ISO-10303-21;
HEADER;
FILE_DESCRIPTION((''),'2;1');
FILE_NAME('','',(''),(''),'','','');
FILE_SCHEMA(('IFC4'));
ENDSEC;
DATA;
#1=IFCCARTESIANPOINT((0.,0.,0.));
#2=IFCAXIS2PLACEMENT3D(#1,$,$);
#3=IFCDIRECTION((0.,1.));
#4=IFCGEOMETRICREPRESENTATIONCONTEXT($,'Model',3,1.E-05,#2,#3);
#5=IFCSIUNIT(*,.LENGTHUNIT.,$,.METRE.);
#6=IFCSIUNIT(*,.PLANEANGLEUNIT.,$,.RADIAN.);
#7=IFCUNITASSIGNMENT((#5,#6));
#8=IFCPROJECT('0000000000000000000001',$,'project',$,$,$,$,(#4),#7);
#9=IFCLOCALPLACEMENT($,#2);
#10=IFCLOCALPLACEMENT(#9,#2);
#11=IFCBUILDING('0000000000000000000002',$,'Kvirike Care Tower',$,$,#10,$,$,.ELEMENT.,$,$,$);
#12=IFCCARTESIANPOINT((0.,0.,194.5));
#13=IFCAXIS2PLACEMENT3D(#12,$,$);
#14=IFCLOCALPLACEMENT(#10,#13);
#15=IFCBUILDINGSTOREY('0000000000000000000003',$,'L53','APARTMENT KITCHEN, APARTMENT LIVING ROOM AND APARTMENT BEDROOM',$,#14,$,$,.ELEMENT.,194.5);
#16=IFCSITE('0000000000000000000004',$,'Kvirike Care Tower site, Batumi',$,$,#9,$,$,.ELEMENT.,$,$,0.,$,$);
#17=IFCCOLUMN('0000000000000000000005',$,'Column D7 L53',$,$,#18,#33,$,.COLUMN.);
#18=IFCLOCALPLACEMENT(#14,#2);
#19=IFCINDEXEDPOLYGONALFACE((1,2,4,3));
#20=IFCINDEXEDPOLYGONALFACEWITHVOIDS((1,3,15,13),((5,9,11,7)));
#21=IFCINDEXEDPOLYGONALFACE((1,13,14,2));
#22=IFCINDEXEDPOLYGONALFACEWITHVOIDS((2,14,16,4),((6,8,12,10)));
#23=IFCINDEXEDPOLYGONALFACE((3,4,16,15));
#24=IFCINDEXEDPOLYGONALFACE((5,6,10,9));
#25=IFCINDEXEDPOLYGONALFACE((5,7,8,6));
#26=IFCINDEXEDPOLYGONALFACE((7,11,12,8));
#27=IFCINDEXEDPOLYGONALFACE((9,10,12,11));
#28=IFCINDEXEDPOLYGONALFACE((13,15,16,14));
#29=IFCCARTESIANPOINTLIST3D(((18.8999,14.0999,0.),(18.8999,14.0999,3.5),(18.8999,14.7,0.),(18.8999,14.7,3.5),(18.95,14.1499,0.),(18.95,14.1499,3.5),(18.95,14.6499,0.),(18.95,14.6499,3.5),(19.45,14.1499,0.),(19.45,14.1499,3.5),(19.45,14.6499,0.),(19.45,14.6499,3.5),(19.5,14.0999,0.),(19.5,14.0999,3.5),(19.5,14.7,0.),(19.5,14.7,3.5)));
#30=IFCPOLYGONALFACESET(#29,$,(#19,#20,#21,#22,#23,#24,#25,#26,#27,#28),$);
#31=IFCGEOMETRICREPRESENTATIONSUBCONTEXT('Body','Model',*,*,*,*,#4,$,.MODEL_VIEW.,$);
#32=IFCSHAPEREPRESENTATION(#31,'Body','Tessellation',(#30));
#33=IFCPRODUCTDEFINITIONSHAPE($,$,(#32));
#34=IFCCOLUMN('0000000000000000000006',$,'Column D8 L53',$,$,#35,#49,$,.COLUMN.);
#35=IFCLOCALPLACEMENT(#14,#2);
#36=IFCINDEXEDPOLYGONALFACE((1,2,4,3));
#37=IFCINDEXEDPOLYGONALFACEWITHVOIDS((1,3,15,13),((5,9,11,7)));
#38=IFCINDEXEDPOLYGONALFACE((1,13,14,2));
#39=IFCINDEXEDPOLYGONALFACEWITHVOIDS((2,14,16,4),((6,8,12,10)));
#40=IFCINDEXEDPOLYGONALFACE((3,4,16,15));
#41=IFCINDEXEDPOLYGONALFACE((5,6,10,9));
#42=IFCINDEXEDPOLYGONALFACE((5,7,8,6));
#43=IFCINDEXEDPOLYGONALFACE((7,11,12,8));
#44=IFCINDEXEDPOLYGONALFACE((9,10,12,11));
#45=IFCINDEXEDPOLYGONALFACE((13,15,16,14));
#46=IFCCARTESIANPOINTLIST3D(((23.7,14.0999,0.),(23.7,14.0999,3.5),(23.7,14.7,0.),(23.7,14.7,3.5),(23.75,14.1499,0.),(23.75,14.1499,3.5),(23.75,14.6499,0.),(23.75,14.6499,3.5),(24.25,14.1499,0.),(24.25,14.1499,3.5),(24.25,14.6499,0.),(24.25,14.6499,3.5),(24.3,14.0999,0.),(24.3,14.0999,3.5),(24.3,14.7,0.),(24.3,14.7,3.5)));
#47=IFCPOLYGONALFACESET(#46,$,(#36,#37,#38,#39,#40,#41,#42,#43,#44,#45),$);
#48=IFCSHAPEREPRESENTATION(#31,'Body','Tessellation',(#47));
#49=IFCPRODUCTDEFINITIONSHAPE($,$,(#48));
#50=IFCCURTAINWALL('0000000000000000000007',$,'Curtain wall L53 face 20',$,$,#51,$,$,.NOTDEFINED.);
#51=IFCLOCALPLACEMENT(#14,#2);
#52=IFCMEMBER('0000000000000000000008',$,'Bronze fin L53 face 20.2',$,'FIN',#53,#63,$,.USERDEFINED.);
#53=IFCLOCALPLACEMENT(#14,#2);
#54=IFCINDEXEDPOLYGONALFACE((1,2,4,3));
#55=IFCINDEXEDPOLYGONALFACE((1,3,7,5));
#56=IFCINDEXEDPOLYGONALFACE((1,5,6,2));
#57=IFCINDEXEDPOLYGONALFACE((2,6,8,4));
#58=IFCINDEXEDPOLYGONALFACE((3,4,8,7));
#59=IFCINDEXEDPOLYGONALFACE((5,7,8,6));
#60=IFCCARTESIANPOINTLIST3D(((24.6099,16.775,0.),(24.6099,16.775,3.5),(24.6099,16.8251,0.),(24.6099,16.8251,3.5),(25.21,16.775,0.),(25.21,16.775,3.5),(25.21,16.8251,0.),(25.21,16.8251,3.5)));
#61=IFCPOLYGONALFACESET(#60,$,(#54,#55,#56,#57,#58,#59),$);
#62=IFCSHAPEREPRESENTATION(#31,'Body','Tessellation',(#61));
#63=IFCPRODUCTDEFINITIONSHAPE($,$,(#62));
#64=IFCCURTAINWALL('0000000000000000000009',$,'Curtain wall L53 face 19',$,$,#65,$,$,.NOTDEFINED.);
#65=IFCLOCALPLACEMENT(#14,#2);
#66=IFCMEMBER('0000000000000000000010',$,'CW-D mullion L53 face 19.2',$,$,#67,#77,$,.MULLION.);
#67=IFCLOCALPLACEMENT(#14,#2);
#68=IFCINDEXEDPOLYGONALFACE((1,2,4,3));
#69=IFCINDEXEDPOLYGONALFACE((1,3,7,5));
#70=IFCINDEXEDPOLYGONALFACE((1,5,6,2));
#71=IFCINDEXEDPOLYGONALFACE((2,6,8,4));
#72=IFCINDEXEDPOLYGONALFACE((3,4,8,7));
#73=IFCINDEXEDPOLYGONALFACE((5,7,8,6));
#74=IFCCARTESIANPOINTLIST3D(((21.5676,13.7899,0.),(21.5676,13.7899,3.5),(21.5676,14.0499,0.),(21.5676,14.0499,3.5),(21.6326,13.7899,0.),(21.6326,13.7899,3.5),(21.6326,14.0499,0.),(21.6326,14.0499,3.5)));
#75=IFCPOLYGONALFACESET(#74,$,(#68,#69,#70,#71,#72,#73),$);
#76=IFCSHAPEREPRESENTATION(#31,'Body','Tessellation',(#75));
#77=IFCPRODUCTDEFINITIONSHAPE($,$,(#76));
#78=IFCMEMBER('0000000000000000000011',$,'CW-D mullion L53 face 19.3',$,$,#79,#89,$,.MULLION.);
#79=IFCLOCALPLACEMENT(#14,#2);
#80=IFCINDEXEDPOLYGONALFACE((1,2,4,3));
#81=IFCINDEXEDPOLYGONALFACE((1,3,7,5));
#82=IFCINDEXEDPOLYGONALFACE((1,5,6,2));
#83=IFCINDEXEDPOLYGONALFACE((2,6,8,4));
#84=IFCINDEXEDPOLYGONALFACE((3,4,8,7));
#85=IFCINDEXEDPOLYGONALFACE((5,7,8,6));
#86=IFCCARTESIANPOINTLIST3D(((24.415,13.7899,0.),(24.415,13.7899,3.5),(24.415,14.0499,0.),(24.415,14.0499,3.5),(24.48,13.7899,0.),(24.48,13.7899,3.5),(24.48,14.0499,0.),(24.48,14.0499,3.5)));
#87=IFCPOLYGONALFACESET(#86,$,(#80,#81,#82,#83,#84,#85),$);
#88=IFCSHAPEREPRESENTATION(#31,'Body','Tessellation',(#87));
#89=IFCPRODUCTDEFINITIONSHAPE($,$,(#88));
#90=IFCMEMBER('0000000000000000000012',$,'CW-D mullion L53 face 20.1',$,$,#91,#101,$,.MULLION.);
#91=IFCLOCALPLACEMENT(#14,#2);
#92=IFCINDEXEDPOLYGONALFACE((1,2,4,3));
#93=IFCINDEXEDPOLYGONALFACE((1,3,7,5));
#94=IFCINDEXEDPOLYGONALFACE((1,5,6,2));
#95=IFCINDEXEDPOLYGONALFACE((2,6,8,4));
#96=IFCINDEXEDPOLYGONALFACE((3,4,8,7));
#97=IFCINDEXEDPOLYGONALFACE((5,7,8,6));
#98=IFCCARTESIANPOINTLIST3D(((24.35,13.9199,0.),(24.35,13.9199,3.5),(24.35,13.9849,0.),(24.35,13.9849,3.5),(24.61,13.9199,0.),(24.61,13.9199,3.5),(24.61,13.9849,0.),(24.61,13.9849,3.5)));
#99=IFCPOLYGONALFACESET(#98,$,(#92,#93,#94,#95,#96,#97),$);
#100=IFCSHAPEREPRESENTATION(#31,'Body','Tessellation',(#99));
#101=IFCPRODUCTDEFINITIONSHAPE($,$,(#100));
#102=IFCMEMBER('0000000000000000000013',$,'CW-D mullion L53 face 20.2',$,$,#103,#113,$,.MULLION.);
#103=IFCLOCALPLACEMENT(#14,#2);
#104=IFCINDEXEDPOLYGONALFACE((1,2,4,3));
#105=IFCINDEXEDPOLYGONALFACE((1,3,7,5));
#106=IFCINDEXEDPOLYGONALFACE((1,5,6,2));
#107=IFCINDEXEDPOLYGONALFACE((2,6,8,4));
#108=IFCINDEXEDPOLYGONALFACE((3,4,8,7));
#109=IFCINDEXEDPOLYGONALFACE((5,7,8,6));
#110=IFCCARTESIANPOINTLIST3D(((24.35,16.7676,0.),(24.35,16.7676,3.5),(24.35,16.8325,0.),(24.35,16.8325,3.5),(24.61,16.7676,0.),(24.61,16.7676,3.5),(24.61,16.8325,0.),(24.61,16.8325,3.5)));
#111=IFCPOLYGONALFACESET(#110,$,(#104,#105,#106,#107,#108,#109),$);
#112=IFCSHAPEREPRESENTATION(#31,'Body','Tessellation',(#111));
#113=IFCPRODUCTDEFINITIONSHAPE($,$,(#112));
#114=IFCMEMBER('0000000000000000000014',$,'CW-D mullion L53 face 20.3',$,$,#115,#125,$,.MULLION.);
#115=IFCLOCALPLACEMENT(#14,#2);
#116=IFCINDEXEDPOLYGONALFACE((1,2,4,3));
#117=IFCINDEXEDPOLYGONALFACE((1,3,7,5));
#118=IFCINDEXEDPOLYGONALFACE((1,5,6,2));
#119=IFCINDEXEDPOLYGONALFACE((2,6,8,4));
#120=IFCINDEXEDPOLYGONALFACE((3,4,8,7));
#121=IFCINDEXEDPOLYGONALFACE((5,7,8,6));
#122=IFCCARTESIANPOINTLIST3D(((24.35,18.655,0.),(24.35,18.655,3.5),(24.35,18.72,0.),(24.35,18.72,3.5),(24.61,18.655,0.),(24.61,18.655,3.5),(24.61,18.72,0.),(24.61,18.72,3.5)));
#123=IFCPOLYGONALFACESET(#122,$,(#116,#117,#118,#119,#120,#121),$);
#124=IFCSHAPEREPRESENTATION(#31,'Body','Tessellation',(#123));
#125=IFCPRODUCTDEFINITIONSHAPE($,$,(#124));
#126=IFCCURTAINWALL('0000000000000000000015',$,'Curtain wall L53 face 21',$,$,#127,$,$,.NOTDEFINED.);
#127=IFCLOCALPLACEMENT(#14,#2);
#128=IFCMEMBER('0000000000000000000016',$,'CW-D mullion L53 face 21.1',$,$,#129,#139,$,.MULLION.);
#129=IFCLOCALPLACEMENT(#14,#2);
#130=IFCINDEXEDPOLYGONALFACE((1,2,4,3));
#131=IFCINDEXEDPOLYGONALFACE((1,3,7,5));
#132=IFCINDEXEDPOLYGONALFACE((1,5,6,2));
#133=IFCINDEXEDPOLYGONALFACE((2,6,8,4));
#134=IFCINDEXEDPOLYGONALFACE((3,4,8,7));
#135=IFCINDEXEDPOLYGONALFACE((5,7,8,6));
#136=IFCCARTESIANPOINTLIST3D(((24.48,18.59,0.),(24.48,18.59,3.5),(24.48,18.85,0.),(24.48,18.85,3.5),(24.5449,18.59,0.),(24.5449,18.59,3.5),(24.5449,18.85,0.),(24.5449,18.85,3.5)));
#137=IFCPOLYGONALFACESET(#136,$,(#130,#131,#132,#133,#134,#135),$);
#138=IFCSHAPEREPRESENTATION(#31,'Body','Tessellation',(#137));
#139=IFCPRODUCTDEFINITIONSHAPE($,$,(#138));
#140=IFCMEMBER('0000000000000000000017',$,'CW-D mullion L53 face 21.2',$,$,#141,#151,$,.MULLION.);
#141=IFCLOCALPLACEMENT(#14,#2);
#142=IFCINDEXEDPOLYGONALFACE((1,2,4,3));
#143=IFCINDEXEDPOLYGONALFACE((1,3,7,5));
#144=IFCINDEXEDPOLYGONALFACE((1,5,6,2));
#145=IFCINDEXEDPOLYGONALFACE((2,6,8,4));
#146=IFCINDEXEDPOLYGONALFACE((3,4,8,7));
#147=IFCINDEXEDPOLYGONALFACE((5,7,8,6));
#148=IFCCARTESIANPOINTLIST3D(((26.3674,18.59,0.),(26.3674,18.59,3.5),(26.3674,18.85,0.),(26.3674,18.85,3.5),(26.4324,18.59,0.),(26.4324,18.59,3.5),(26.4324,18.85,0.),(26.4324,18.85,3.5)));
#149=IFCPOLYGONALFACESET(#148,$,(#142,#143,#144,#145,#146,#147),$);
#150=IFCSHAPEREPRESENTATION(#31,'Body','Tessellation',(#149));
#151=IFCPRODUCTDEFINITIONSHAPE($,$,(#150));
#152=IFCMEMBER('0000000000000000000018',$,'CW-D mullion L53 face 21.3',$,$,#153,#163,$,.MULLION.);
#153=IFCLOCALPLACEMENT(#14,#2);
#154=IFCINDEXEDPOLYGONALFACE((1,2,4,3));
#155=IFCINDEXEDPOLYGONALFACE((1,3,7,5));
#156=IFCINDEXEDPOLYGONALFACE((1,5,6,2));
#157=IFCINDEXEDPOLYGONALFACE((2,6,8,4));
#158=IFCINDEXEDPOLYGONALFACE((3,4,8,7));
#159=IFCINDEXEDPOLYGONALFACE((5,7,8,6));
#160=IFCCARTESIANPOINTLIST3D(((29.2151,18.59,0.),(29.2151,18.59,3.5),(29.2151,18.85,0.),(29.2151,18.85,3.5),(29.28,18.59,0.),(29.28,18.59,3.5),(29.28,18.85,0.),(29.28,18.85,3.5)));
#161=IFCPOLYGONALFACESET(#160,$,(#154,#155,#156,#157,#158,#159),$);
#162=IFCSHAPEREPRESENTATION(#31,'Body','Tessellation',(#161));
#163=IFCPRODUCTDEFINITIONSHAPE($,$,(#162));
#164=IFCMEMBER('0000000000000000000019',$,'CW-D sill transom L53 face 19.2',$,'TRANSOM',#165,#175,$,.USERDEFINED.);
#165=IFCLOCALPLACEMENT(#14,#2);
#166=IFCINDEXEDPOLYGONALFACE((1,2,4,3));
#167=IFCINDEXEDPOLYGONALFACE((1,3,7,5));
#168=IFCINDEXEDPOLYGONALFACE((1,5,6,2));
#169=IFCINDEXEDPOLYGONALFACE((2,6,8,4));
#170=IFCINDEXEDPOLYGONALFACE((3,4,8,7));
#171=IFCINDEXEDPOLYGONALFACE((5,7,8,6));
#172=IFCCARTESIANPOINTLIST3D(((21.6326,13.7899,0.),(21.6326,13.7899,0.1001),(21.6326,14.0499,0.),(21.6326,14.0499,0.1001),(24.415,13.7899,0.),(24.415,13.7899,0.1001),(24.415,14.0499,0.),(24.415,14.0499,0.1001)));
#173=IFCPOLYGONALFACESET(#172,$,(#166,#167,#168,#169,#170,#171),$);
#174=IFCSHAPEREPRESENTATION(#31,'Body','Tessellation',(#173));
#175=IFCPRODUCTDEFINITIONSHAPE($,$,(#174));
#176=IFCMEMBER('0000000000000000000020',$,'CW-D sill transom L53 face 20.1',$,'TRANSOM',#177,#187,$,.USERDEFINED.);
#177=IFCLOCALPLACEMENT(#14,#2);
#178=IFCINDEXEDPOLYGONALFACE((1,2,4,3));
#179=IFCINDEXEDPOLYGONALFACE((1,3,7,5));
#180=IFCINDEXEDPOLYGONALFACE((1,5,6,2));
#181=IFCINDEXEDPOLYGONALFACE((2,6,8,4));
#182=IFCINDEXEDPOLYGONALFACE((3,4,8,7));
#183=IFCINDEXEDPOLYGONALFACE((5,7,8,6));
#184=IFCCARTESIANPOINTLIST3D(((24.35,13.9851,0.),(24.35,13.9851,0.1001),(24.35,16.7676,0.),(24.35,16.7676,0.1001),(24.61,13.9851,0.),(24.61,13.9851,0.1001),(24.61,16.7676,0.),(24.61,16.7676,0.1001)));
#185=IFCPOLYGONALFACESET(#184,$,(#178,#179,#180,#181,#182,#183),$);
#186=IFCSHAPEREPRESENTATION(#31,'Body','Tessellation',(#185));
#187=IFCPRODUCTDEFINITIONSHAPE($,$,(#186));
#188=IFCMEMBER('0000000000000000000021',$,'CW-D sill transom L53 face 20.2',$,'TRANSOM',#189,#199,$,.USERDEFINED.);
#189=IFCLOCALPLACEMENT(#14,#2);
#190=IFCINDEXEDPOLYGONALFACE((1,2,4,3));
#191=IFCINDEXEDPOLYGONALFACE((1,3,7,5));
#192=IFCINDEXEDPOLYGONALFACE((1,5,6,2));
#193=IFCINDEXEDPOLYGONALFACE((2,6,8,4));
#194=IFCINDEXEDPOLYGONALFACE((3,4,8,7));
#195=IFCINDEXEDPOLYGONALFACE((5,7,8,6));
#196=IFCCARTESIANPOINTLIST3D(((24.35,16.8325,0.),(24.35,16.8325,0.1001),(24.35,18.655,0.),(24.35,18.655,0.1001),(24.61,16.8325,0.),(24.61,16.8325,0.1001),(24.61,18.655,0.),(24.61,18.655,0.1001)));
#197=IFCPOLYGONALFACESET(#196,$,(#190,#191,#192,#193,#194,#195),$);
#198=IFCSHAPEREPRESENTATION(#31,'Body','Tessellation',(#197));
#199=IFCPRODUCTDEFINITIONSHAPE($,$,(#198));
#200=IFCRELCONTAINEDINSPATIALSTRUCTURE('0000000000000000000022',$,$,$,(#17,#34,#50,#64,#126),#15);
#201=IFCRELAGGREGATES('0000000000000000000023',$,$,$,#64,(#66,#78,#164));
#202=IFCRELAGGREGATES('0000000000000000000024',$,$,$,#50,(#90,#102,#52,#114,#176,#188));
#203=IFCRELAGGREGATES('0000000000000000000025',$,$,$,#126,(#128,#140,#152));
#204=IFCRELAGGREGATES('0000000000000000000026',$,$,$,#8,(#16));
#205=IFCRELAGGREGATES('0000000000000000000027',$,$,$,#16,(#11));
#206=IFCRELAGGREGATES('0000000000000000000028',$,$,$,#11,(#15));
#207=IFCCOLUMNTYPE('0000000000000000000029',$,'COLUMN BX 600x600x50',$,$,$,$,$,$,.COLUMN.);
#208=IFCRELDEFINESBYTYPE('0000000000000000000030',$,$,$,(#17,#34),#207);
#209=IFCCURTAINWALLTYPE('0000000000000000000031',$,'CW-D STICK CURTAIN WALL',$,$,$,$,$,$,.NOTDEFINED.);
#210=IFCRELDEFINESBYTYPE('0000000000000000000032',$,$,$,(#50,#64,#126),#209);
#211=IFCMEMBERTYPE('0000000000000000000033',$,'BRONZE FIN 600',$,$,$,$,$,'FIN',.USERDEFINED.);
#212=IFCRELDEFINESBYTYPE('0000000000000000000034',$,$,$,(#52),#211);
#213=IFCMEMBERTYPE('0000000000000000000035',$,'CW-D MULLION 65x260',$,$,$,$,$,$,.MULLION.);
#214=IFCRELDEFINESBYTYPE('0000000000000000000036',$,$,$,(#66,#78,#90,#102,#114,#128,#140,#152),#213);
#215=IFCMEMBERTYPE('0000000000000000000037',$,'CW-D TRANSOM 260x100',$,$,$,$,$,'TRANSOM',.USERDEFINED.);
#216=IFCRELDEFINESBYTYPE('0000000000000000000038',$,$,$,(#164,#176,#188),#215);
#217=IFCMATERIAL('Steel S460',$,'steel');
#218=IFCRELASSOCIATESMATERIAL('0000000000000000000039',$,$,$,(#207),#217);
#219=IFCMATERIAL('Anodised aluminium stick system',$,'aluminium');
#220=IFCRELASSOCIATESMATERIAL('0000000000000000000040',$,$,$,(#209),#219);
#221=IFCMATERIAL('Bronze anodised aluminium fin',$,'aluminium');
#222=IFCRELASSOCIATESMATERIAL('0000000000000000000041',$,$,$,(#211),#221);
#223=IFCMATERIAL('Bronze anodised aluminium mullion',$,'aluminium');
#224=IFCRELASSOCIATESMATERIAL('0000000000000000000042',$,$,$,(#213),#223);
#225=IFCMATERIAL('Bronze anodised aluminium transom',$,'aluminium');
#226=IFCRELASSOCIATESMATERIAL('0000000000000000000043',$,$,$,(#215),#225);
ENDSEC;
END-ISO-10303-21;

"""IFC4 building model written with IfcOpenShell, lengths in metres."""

from ifc_helpers import new_model, si_unit, direction, frame, origin, origin_2d, place, context, subcontext, project, spatial, rectangle, hollow_rectangle, extrude, material, material_profile, profile_set, type_object, element, aggregate, save


model = new_model("IFC4")

# Units and contexts
model_context = context("Model", 3, precision=1e-05, world=origin(), true_north=direction((0.0, 1.0)))
body_context = subcontext(model_context, "Body", "Model", "MODEL_VIEW")
ifc_project = project(units=[si_unit("LENGTHUNIT", "METRE"), si_unit("PLANEANGLEUNIT", "RADIAN")], contexts=[model_context])

# Site, building, storey
site_placement = place(None, origin())
site = spatial("IfcSite", under=ifc_project, at=site_placement, Name="Kvirike Care Tower site, Batumi", CompositionType="ELEMENT", RefElevation=0.0)
building_placement = place(site_placement, origin())
building = spatial("IfcBuilding", under=site, at=building_placement, Name="Kvirike Care Tower", CompositionType="ELEMENT")
storey_placement = place(building_placement, frame((0.0, 0.0, 194.5)))
storey = spatial("IfcBuildingStorey", under=building, at=storey_placement, Name="L53", Description="APARTMENT KITCHEN, APARTMENT LIVING ROOM AND APARTMENT BEDROOM", CompositionType="ELEMENT", Elevation=194.5)

# Columns
ifc_material_1 = material(Name="Steel S460", Category="steel")
ifc_material_profile_1 = material_profile(ifc_material_1, hollow_rectangle(XDim=0.6001, YDim=0.6001, WallThickness=0.05, at=origin_2d()), Name="BX 600x600x50")
ifc_profile_set_1 = profile_set([ifc_material_profile_1], Name="Steel S460")
column_type = type_object("IfcColumnType", Name="COLUMN BX 600x600x50", PredefinedType="COLUMN", material=ifc_profile_set_1)
for number, where, z_axis, x_axis, name in (
    (1, (19.2, 14.3999, 0.0), (0.0, 0.0, 1.0), (0.0, 1.0, 0.0), "Column D7 L53"),
    (2, (24.0, 14.3999, 0.0), (0.0, 0.0, 1.0), (0.0, 1.0, 0.0), "Column D8 L53"),
):
    element("IfcColumn", number, at=place(storey_placement, frame(where, z_axis=z_axis, x_axis=x_axis)), inside=storey, type_object=column_type, Name=name, PredefinedType="COLUMN", context=body_context, shape_type="SweptSolid", body=[
        extrude(hollow_rectangle(XDim=0.6001, YDim=0.6001, WallThickness=0.05, at=origin_2d()), origin(), (0.0, 0.0, 1.0), 3.5),
    ])

# Curtain wall, member
ifc_material_2 = material(Name="Anodised aluminium stick system", Category="aluminium")
curtain_wall_type = type_object("IfcCurtainWallType", Name="CW-D STICK CURTAIN WALL", PredefinedType="NOTDEFINED", material=ifc_material_2)
curtain_wall_1_placement = place(storey_placement, origin())
curtain_wall_1 = element("IfcCurtainWall", 3, at=curtain_wall_1_placement, inside=storey, type_object=curtain_wall_type, Name="Curtain wall L53 face 20", PredefinedType="NOTDEFINED")
ifc_material_3 = material(Name="Bronze anodised aluminium fin", Category="aluminium")
ifc_material_profile_2 = material_profile(ifc_material_3, rectangle(XDim=0.05, YDim=0.6001, at=origin_2d()), Name="BRONZE FIN 600")
ifc_profile_set_2 = profile_set([ifc_material_profile_2], Name="Bronze anodised aluminium fin")
member_type_1 = type_object("IfcMemberType", Name="BRONZE FIN 600", ElementType="FIN", PredefinedType="USERDEFINED", material=ifc_profile_set_2)
member_1_placement = place(storey_placement, frame((24.9099, 16.8, 0.0), z_axis=(0.0, 0.0, 1.0), x_axis=(0.0, 1.0, 0.0)))
member_1 = element("IfcMember", 4, at=member_1_placement, type_object=member_type_1, Name="Bronze fin L53 face 20.2", ObjectType="FIN", PredefinedType="USERDEFINED", context=body_context, shape_type="SweptSolid", body=[
    extrude(rectangle(XDim=0.05, YDim=0.6001, at=origin_2d()), origin(), (0.0, 0.0, 1.0), 3.5),
])

# Curtain wall, members
curtain_wall_2_placement = place(storey_placement, origin())
curtain_wall_2 = element("IfcCurtainWall", 5, at=curtain_wall_2_placement, inside=storey, type_object=curtain_wall_type, Name="Curtain wall L53 face 19", PredefinedType="NOTDEFINED")
ifc_material_4 = material(Name="Bronze anodised aluminium mullion", Category="aluminium")
ifc_material_profile_3 = material_profile(ifc_material_4, rectangle(XDim=0.0649, YDim=0.26, at=origin_2d()), Name="CW-D MULLION 65x260")
ifc_profile_set_3 = profile_set([ifc_material_profile_3], Name="Bronze anodised aluminium mullion")
member_type_2 = type_object("IfcMemberType", Name="CW-D MULLION 65x260", PredefinedType="MULLION", material=ifc_profile_set_3)
member_2_placement = place(storey_placement, frame((21.6001, 13.9199, 0.0), z_axis=(0.0, 0.0, 1.0), x_axis=(1.0, 0.0, 0.0)))
member_2 = element("IfcMember", 6, at=member_2_placement, type_object=member_type_2, Name="CW-D mullion L53 face 19.2", PredefinedType="MULLION", context=body_context, shape_type="SweptSolid", body=[
    extrude(rectangle(XDim=0.0649, YDim=0.26, at=origin_2d()), origin(), (0.0, 0.0, 1.0), 3.5),
])
member_3_placement = place(storey_placement, frame((24.4475, 13.9199, 0.0), z_axis=(0.0, 0.0, 1.0), x_axis=(1.0, 0.0, 0.0)))
member_3 = element("IfcMember", 7, at=member_3_placement, type_object=member_type_2, Name="CW-D mullion L53 face 19.3", PredefinedType="MULLION", context=body_context, shape_type="SweptSolid", body=[
    extrude(rectangle(XDim=0.0649, YDim=0.26, at=origin_2d()), origin(), (0.0, 0.0, 1.0), 3.5),
])

# Members
member_4_placement = place(storey_placement, frame((24.48, 13.9524, 0.0), z_axis=(0.0, 0.0, 1.0), x_axis=(0.0, 1.0, 0.0)))
member_4 = element("IfcMember", 8, at=member_4_placement, type_object=member_type_2, Name="CW-D mullion L53 face 20.1", PredefinedType="MULLION", context=body_context, shape_type="SweptSolid", body=[
    extrude(rectangle(XDim=0.0649, YDim=0.26, at=origin_2d()), origin(), (0.0, 0.0, 1.0), 3.5),
])
member_5_placement = place(storey_placement, frame((24.48, 16.8, 0.0), z_axis=(0.0, 0.0, 1.0), x_axis=(0.0, 1.0, 0.0)))
member_5 = element("IfcMember", 9, at=member_5_placement, type_object=member_type_2, Name="CW-D mullion L53 face 20.2", PredefinedType="MULLION", context=body_context, shape_type="SweptSolid", body=[
    extrude(rectangle(XDim=0.0649, YDim=0.26, at=origin_2d()), origin(), (0.0, 0.0, 1.0), 3.5),
])
member_6_placement = place(storey_placement, frame((24.48, 18.6875, 0.0), z_axis=(0.0, 0.0, 1.0), x_axis=(0.0, 1.0, 0.0)))
member_6 = element("IfcMember", 10, at=member_6_placement, type_object=member_type_2, Name="CW-D mullion L53 face 20.3", PredefinedType="MULLION", context=body_context, shape_type="SweptSolid", body=[
    extrude(rectangle(XDim=0.0649, YDim=0.26, at=origin_2d()), origin(), (0.0, 0.0, 1.0), 3.5),
])

# Curtain wall, members
curtain_wall_3_placement = place(storey_placement, origin())
curtain_wall_3 = element("IfcCurtainWall", 11, at=curtain_wall_3_placement, inside=storey, type_object=curtain_wall_type, Name="Curtain wall L53 face 21", PredefinedType="NOTDEFINED")
member_7_placement = place(storey_placement, frame((24.5125, 18.72, 0.0), z_axis=(0.0, 0.0, 1.0), x_axis=(1.0, 0.0, 0.0)))
member_7 = element("IfcMember", 12, at=member_7_placement, type_object=member_type_2, Name="CW-D mullion L53 face 21.1", PredefinedType="MULLION", context=body_context, shape_type="SweptSolid", body=[
    extrude(rectangle(XDim=0.0649, YDim=0.26, at=origin_2d()), origin(), (0.0, 0.0, 1.0), 3.5),
])
member_8_placement = place(storey_placement, frame((26.3999, 18.72, 0.0), z_axis=(0.0, 0.0, 1.0), x_axis=(1.0, 0.0, 0.0)))
member_8 = element("IfcMember", 13, at=member_8_placement, type_object=member_type_2, Name="CW-D mullion L53 face 21.2", PredefinedType="MULLION", context=body_context, shape_type="SweptSolid", body=[
    extrude(rectangle(XDim=0.0649, YDim=0.26, at=origin_2d()), origin(), (0.0, 0.0, 1.0), 3.5),
])
member_9_placement = place(storey_placement, frame((29.2476, 18.72, 0.0), z_axis=(0.0, 0.0, 1.0), x_axis=(1.0, 0.0, 0.0)))
member_9 = element("IfcMember", 14, at=member_9_placement, type_object=member_type_2, Name="CW-D mullion L53 face 21.3", PredefinedType="MULLION", context=body_context, shape_type="SweptSolid", body=[
    extrude(rectangle(XDim=0.0649, YDim=0.26, at=origin_2d()), origin(), (0.0, 0.0, 1.0), 3.5),
])

# Members
ifc_material_5 = material(Name="Bronze anodised aluminium transom", Category="aluminium")
ifc_material_profile_4 = material_profile(ifc_material_5, rectangle(XDim=0.26, YDim=0.1001, at=origin_2d()), Name="CW-D TRANSOM 260x100")
ifc_profile_set_4 = profile_set([ifc_material_profile_4], Name="Bronze anodised aluminium transom")
member_type_3 = type_object("IfcMemberType", Name="CW-D TRANSOM 260x100", ElementType="TRANSOM", PredefinedType="USERDEFINED", material=ifc_profile_set_4)
member_10_placement = place(storey_placement, frame((21.6326, 13.9199, 0.05), z_axis=(1.0, 0.0, 0.0), x_axis=(0.0, 1.0, 0.0)))
member_10 = element("IfcMember", 15, at=member_10_placement, type_object=member_type_3, Name="CW-D sill transom L53 face 19.2", ObjectType="TRANSOM", PredefinedType="USERDEFINED", context=body_context, shape_type="SweptSolid", body=[
    extrude(rectangle(XDim=0.26, YDim=0.1001, at=origin_2d()), origin(), (0.0, 0.0, 1.0), 2.7825),
])
member_11_placement = place(storey_placement, frame((24.48, 13.9851, 0.05), z_axis=(0.0, 1.0, 0.0), x_axis=(-1.0, 0.0, 0.0)))
member_11 = element("IfcMember", 16, at=member_11_placement, type_object=member_type_3, Name="CW-D sill transom L53 face 20.1", ObjectType="TRANSOM", PredefinedType="USERDEFINED", context=body_context, shape_type="SweptSolid", body=[
    extrude(rectangle(XDim=0.26, YDim=0.1001, at=origin_2d()), origin(), (0.0, 0.0, 1.0), 2.7825),
])
member_12_placement = place(storey_placement, frame((24.48, 16.8325, 0.05), z_axis=(0.0, 1.0, 0.0), x_axis=(-1.0, 0.0, 0.0)))
member_12 = element("IfcMember", 17, at=member_12_placement, type_object=member_type_3, Name="CW-D sill transom L53 face 20.2", ObjectType="TRANSOM", PredefinedType="USERDEFINED", context=body_context, shape_type="SweptSolid", body=[
    extrude(rectangle(XDim=0.26, YDim=0.1001, at=origin_2d()), origin(), (0.0, 0.0, 1.0), 1.8225),
])

aggregate(curtain_wall_2, [member_2, member_3, member_10])
aggregate(curtain_wall_1, [member_4, member_5, member_1, member_6, member_11, member_12])
aggregate(curtain_wall_3, [member_7, member_8, member_9])

save(model, "model.ifc")
